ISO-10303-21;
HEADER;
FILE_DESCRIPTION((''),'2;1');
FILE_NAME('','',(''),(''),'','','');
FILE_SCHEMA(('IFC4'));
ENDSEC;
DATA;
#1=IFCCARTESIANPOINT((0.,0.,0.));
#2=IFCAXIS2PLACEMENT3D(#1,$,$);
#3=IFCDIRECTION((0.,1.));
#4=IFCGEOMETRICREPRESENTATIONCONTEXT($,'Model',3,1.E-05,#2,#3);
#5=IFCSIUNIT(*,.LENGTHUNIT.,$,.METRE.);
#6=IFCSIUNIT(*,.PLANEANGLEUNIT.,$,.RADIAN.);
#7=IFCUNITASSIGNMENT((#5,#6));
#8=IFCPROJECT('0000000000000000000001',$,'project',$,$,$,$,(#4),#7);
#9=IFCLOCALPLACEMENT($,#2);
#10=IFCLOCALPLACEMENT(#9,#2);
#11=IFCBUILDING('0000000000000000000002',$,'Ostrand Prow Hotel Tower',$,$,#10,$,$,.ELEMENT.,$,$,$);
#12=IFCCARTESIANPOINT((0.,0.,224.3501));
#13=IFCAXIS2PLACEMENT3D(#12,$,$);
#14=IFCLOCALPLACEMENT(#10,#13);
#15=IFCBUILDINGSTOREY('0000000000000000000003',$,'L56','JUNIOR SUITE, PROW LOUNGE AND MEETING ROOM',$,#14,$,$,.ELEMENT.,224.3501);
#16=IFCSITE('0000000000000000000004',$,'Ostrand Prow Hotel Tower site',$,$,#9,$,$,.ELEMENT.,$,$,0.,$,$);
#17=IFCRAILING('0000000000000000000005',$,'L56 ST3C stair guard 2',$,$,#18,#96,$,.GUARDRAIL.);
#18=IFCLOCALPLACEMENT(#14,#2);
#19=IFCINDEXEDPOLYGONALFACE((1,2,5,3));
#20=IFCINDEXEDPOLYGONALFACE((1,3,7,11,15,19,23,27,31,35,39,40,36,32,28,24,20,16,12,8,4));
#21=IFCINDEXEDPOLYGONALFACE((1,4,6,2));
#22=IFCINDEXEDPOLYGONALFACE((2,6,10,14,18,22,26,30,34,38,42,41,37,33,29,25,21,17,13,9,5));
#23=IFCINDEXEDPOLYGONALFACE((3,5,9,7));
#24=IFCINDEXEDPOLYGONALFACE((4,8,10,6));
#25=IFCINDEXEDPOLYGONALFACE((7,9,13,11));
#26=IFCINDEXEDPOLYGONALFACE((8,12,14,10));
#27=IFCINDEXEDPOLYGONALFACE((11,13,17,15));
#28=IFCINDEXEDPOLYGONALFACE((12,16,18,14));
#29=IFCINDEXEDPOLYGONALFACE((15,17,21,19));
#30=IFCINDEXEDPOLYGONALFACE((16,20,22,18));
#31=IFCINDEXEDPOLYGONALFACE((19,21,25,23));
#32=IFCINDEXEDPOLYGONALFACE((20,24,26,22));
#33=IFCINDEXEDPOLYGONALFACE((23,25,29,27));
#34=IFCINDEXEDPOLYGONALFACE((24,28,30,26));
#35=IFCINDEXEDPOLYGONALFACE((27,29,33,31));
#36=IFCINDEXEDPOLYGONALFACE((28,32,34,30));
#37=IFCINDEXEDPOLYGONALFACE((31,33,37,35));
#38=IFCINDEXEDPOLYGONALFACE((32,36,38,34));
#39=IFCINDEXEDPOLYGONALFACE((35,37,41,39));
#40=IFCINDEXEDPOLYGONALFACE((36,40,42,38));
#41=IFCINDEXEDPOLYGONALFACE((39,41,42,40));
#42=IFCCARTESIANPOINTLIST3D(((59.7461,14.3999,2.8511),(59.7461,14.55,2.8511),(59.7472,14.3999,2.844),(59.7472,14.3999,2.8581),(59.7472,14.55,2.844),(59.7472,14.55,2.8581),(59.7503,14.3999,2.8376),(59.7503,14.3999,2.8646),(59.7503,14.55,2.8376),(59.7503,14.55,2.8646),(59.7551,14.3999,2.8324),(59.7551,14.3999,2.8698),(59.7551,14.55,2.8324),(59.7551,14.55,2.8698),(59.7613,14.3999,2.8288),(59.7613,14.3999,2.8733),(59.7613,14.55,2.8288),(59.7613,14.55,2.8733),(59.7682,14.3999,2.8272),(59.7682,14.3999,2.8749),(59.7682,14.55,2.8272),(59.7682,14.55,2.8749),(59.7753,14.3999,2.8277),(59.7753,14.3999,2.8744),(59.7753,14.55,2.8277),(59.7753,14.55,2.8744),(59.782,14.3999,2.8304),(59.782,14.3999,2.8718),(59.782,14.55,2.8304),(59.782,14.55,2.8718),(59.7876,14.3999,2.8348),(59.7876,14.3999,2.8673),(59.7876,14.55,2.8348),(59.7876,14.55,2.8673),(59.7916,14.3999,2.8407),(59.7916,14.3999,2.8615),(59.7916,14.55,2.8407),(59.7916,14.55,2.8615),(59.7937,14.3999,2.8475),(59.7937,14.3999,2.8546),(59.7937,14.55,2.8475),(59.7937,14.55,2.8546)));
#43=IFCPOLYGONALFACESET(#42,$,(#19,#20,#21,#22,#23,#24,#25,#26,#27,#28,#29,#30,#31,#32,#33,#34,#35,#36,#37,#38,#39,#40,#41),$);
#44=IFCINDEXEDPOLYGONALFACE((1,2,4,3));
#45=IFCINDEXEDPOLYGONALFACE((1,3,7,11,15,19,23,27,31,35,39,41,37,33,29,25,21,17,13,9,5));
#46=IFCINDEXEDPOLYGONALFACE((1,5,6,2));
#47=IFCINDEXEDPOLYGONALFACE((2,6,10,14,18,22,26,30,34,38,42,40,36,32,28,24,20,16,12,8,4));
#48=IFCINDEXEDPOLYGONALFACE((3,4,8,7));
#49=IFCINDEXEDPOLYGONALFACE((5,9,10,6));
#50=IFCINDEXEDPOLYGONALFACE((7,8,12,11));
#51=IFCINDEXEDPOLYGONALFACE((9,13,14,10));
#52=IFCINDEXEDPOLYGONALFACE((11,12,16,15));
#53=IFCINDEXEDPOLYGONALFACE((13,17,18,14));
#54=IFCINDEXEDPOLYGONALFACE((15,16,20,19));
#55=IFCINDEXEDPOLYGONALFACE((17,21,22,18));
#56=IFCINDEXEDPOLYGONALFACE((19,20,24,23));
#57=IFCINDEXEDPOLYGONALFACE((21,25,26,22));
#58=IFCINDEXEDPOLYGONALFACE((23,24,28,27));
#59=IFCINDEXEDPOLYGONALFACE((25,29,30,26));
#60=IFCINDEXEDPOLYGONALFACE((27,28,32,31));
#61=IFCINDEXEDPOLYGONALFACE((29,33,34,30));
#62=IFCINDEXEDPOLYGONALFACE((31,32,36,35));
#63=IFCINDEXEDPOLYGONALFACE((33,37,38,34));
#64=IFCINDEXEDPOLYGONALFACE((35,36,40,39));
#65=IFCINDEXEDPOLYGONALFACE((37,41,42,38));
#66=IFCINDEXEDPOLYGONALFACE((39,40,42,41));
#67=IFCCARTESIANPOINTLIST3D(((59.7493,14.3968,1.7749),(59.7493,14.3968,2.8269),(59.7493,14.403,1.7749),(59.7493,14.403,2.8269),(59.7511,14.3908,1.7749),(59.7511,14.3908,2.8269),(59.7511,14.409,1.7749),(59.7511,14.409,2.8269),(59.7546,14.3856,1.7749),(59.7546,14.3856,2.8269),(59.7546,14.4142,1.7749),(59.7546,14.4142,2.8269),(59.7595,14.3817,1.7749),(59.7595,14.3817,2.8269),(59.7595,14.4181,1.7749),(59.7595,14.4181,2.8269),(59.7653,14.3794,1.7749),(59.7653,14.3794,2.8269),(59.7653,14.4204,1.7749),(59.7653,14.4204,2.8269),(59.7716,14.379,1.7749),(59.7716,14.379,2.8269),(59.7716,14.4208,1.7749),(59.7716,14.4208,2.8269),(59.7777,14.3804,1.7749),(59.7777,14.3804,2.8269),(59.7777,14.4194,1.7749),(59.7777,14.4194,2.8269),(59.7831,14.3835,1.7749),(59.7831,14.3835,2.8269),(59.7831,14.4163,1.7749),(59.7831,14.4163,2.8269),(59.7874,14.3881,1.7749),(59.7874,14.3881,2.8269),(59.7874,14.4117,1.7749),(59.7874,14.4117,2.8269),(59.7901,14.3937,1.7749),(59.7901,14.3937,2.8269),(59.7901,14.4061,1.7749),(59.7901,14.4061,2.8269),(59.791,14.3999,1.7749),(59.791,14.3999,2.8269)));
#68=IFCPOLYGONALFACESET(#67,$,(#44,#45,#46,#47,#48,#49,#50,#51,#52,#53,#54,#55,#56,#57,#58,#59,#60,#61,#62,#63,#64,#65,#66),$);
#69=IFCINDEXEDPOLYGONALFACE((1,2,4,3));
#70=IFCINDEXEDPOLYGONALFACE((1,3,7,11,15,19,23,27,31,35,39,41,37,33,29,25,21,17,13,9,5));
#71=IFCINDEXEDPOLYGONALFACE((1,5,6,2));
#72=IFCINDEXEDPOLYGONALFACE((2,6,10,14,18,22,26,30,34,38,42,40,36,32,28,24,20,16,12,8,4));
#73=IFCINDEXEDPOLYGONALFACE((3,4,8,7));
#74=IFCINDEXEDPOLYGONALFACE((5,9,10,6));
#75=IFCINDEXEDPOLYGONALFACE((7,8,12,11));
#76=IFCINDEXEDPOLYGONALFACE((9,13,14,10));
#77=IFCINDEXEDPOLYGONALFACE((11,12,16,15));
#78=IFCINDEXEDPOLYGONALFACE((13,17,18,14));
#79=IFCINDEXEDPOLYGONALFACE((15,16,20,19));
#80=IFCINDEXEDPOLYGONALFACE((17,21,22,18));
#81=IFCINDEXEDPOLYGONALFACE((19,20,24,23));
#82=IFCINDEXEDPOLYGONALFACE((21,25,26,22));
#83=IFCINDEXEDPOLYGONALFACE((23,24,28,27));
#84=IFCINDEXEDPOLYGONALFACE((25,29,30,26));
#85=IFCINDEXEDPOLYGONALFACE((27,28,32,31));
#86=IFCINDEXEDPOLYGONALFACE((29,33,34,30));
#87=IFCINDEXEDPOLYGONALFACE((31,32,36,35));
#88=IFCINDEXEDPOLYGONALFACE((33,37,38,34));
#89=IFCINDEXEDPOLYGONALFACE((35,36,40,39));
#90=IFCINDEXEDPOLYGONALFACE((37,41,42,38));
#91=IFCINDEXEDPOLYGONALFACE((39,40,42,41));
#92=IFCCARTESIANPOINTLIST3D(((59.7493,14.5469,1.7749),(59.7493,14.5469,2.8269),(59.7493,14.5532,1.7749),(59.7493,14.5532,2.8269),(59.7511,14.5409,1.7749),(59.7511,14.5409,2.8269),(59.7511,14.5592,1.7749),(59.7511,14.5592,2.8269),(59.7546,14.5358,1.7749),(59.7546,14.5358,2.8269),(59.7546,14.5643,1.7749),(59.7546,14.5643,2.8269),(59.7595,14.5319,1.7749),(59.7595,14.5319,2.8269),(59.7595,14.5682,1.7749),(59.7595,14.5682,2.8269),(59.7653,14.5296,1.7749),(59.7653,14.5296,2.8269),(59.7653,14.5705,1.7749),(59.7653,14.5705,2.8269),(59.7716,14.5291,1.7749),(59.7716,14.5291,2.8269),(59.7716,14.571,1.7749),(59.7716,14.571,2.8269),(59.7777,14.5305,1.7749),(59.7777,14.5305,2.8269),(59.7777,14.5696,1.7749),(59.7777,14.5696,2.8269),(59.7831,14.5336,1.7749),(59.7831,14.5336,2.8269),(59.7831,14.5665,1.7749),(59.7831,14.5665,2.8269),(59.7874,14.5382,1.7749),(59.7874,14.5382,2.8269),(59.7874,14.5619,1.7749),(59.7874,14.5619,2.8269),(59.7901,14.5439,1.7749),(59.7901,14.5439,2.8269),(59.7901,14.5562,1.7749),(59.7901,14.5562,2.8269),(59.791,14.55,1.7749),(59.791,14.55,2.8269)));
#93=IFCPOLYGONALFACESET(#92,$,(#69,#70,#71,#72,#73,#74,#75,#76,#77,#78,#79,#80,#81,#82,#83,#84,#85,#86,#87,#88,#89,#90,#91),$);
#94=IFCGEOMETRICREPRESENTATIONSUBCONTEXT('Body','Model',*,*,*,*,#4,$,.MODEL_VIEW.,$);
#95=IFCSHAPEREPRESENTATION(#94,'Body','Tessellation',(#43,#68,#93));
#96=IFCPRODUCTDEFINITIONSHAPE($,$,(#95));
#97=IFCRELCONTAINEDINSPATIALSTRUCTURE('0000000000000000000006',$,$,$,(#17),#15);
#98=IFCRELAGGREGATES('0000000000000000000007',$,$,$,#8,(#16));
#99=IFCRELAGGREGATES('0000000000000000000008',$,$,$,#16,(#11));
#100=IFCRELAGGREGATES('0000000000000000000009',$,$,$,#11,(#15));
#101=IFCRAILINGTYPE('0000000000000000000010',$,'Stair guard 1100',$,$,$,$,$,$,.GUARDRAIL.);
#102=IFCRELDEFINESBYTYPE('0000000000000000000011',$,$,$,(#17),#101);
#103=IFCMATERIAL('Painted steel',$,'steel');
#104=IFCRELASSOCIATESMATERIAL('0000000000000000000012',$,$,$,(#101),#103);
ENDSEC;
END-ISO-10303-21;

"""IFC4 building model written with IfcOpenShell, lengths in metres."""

from ifc_helpers import new_model, si_unit, direction, frame, origin, origin_2d, place, context, subcontext, project, spatial, circle, extrude, material, type_object, element, save


model = new_model("IFC4")

# Units and contexts
model_context = context("Model", 3, precision=1e-05, world=origin(), true_north=direction((0.0, 1.0)))
body_context = subcontext(model_context, "Body", "Model", "MODEL_VIEW")
ifc_project = project(units=[si_unit("LENGTHUNIT", "METRE"), si_unit("PLANEANGLEUNIT", "RADIAN")], contexts=[model_context])

# Site, building, storey
site_placement = place(None, origin())
site = spatial("IfcSite", under=ifc_project, at=site_placement, Name="Ostrand Prow Hotel Tower site", CompositionType="ELEMENT", RefElevation=0.0)
building_placement = place(site_placement, origin())
building = spatial("IfcBuilding", under=site, at=building_placement, Name="Ostrand Prow Hotel Tower", CompositionType="ELEMENT")
storey_placement = place(building_placement, frame((0.0, 0.0, 224.3501)))
storey = spatial("IfcBuildingStorey", under=building, at=storey_placement, Name="L56", Description="JUNIOR SUITE, PROW LOUNGE AND MEETING ROOM", CompositionType="ELEMENT", Elevation=224.3501)

# Railing
ifc_material_1 = material(Name="Painted steel", Category="steel")
railing_type_1 = type_object("IfcRailingType", Name="Stair guard 1100", PredefinedType="GUARDRAIL", material=ifc_material_1)
railing_1_placement = place(storey_placement, frame((59.77, 14.3999, 1.7749)))
element("IfcRailing", 1, at=railing_1_placement, inside=storey, type_object=railing_type_1, Name="L56 ST3C stair guard 2", PredefinedType="GUARDRAIL", context=body_context, shape_type="SweptSolid", body=[
    extrude(circle(Radius=0.0239, at=origin_2d()), frame((0.0, 0.0, 1.0762), z_axis=(0.0, 1.0, 0.0), x_axis=(-1.0, 0.0, 0.0)), (0.0, 0.0, 1.0), 0.1501),
    extrude(circle(Radius=0.021, at=origin_2d()), origin(), (0.0, 0.0, 1.0), 1.052),
    extrude(circle(Radius=0.021, at=origin_2d()), frame((0.0, 0.1501, 0.0)), (0.0, 0.0, 1.0), 1.052),
])

save(model, "model.ifc")
